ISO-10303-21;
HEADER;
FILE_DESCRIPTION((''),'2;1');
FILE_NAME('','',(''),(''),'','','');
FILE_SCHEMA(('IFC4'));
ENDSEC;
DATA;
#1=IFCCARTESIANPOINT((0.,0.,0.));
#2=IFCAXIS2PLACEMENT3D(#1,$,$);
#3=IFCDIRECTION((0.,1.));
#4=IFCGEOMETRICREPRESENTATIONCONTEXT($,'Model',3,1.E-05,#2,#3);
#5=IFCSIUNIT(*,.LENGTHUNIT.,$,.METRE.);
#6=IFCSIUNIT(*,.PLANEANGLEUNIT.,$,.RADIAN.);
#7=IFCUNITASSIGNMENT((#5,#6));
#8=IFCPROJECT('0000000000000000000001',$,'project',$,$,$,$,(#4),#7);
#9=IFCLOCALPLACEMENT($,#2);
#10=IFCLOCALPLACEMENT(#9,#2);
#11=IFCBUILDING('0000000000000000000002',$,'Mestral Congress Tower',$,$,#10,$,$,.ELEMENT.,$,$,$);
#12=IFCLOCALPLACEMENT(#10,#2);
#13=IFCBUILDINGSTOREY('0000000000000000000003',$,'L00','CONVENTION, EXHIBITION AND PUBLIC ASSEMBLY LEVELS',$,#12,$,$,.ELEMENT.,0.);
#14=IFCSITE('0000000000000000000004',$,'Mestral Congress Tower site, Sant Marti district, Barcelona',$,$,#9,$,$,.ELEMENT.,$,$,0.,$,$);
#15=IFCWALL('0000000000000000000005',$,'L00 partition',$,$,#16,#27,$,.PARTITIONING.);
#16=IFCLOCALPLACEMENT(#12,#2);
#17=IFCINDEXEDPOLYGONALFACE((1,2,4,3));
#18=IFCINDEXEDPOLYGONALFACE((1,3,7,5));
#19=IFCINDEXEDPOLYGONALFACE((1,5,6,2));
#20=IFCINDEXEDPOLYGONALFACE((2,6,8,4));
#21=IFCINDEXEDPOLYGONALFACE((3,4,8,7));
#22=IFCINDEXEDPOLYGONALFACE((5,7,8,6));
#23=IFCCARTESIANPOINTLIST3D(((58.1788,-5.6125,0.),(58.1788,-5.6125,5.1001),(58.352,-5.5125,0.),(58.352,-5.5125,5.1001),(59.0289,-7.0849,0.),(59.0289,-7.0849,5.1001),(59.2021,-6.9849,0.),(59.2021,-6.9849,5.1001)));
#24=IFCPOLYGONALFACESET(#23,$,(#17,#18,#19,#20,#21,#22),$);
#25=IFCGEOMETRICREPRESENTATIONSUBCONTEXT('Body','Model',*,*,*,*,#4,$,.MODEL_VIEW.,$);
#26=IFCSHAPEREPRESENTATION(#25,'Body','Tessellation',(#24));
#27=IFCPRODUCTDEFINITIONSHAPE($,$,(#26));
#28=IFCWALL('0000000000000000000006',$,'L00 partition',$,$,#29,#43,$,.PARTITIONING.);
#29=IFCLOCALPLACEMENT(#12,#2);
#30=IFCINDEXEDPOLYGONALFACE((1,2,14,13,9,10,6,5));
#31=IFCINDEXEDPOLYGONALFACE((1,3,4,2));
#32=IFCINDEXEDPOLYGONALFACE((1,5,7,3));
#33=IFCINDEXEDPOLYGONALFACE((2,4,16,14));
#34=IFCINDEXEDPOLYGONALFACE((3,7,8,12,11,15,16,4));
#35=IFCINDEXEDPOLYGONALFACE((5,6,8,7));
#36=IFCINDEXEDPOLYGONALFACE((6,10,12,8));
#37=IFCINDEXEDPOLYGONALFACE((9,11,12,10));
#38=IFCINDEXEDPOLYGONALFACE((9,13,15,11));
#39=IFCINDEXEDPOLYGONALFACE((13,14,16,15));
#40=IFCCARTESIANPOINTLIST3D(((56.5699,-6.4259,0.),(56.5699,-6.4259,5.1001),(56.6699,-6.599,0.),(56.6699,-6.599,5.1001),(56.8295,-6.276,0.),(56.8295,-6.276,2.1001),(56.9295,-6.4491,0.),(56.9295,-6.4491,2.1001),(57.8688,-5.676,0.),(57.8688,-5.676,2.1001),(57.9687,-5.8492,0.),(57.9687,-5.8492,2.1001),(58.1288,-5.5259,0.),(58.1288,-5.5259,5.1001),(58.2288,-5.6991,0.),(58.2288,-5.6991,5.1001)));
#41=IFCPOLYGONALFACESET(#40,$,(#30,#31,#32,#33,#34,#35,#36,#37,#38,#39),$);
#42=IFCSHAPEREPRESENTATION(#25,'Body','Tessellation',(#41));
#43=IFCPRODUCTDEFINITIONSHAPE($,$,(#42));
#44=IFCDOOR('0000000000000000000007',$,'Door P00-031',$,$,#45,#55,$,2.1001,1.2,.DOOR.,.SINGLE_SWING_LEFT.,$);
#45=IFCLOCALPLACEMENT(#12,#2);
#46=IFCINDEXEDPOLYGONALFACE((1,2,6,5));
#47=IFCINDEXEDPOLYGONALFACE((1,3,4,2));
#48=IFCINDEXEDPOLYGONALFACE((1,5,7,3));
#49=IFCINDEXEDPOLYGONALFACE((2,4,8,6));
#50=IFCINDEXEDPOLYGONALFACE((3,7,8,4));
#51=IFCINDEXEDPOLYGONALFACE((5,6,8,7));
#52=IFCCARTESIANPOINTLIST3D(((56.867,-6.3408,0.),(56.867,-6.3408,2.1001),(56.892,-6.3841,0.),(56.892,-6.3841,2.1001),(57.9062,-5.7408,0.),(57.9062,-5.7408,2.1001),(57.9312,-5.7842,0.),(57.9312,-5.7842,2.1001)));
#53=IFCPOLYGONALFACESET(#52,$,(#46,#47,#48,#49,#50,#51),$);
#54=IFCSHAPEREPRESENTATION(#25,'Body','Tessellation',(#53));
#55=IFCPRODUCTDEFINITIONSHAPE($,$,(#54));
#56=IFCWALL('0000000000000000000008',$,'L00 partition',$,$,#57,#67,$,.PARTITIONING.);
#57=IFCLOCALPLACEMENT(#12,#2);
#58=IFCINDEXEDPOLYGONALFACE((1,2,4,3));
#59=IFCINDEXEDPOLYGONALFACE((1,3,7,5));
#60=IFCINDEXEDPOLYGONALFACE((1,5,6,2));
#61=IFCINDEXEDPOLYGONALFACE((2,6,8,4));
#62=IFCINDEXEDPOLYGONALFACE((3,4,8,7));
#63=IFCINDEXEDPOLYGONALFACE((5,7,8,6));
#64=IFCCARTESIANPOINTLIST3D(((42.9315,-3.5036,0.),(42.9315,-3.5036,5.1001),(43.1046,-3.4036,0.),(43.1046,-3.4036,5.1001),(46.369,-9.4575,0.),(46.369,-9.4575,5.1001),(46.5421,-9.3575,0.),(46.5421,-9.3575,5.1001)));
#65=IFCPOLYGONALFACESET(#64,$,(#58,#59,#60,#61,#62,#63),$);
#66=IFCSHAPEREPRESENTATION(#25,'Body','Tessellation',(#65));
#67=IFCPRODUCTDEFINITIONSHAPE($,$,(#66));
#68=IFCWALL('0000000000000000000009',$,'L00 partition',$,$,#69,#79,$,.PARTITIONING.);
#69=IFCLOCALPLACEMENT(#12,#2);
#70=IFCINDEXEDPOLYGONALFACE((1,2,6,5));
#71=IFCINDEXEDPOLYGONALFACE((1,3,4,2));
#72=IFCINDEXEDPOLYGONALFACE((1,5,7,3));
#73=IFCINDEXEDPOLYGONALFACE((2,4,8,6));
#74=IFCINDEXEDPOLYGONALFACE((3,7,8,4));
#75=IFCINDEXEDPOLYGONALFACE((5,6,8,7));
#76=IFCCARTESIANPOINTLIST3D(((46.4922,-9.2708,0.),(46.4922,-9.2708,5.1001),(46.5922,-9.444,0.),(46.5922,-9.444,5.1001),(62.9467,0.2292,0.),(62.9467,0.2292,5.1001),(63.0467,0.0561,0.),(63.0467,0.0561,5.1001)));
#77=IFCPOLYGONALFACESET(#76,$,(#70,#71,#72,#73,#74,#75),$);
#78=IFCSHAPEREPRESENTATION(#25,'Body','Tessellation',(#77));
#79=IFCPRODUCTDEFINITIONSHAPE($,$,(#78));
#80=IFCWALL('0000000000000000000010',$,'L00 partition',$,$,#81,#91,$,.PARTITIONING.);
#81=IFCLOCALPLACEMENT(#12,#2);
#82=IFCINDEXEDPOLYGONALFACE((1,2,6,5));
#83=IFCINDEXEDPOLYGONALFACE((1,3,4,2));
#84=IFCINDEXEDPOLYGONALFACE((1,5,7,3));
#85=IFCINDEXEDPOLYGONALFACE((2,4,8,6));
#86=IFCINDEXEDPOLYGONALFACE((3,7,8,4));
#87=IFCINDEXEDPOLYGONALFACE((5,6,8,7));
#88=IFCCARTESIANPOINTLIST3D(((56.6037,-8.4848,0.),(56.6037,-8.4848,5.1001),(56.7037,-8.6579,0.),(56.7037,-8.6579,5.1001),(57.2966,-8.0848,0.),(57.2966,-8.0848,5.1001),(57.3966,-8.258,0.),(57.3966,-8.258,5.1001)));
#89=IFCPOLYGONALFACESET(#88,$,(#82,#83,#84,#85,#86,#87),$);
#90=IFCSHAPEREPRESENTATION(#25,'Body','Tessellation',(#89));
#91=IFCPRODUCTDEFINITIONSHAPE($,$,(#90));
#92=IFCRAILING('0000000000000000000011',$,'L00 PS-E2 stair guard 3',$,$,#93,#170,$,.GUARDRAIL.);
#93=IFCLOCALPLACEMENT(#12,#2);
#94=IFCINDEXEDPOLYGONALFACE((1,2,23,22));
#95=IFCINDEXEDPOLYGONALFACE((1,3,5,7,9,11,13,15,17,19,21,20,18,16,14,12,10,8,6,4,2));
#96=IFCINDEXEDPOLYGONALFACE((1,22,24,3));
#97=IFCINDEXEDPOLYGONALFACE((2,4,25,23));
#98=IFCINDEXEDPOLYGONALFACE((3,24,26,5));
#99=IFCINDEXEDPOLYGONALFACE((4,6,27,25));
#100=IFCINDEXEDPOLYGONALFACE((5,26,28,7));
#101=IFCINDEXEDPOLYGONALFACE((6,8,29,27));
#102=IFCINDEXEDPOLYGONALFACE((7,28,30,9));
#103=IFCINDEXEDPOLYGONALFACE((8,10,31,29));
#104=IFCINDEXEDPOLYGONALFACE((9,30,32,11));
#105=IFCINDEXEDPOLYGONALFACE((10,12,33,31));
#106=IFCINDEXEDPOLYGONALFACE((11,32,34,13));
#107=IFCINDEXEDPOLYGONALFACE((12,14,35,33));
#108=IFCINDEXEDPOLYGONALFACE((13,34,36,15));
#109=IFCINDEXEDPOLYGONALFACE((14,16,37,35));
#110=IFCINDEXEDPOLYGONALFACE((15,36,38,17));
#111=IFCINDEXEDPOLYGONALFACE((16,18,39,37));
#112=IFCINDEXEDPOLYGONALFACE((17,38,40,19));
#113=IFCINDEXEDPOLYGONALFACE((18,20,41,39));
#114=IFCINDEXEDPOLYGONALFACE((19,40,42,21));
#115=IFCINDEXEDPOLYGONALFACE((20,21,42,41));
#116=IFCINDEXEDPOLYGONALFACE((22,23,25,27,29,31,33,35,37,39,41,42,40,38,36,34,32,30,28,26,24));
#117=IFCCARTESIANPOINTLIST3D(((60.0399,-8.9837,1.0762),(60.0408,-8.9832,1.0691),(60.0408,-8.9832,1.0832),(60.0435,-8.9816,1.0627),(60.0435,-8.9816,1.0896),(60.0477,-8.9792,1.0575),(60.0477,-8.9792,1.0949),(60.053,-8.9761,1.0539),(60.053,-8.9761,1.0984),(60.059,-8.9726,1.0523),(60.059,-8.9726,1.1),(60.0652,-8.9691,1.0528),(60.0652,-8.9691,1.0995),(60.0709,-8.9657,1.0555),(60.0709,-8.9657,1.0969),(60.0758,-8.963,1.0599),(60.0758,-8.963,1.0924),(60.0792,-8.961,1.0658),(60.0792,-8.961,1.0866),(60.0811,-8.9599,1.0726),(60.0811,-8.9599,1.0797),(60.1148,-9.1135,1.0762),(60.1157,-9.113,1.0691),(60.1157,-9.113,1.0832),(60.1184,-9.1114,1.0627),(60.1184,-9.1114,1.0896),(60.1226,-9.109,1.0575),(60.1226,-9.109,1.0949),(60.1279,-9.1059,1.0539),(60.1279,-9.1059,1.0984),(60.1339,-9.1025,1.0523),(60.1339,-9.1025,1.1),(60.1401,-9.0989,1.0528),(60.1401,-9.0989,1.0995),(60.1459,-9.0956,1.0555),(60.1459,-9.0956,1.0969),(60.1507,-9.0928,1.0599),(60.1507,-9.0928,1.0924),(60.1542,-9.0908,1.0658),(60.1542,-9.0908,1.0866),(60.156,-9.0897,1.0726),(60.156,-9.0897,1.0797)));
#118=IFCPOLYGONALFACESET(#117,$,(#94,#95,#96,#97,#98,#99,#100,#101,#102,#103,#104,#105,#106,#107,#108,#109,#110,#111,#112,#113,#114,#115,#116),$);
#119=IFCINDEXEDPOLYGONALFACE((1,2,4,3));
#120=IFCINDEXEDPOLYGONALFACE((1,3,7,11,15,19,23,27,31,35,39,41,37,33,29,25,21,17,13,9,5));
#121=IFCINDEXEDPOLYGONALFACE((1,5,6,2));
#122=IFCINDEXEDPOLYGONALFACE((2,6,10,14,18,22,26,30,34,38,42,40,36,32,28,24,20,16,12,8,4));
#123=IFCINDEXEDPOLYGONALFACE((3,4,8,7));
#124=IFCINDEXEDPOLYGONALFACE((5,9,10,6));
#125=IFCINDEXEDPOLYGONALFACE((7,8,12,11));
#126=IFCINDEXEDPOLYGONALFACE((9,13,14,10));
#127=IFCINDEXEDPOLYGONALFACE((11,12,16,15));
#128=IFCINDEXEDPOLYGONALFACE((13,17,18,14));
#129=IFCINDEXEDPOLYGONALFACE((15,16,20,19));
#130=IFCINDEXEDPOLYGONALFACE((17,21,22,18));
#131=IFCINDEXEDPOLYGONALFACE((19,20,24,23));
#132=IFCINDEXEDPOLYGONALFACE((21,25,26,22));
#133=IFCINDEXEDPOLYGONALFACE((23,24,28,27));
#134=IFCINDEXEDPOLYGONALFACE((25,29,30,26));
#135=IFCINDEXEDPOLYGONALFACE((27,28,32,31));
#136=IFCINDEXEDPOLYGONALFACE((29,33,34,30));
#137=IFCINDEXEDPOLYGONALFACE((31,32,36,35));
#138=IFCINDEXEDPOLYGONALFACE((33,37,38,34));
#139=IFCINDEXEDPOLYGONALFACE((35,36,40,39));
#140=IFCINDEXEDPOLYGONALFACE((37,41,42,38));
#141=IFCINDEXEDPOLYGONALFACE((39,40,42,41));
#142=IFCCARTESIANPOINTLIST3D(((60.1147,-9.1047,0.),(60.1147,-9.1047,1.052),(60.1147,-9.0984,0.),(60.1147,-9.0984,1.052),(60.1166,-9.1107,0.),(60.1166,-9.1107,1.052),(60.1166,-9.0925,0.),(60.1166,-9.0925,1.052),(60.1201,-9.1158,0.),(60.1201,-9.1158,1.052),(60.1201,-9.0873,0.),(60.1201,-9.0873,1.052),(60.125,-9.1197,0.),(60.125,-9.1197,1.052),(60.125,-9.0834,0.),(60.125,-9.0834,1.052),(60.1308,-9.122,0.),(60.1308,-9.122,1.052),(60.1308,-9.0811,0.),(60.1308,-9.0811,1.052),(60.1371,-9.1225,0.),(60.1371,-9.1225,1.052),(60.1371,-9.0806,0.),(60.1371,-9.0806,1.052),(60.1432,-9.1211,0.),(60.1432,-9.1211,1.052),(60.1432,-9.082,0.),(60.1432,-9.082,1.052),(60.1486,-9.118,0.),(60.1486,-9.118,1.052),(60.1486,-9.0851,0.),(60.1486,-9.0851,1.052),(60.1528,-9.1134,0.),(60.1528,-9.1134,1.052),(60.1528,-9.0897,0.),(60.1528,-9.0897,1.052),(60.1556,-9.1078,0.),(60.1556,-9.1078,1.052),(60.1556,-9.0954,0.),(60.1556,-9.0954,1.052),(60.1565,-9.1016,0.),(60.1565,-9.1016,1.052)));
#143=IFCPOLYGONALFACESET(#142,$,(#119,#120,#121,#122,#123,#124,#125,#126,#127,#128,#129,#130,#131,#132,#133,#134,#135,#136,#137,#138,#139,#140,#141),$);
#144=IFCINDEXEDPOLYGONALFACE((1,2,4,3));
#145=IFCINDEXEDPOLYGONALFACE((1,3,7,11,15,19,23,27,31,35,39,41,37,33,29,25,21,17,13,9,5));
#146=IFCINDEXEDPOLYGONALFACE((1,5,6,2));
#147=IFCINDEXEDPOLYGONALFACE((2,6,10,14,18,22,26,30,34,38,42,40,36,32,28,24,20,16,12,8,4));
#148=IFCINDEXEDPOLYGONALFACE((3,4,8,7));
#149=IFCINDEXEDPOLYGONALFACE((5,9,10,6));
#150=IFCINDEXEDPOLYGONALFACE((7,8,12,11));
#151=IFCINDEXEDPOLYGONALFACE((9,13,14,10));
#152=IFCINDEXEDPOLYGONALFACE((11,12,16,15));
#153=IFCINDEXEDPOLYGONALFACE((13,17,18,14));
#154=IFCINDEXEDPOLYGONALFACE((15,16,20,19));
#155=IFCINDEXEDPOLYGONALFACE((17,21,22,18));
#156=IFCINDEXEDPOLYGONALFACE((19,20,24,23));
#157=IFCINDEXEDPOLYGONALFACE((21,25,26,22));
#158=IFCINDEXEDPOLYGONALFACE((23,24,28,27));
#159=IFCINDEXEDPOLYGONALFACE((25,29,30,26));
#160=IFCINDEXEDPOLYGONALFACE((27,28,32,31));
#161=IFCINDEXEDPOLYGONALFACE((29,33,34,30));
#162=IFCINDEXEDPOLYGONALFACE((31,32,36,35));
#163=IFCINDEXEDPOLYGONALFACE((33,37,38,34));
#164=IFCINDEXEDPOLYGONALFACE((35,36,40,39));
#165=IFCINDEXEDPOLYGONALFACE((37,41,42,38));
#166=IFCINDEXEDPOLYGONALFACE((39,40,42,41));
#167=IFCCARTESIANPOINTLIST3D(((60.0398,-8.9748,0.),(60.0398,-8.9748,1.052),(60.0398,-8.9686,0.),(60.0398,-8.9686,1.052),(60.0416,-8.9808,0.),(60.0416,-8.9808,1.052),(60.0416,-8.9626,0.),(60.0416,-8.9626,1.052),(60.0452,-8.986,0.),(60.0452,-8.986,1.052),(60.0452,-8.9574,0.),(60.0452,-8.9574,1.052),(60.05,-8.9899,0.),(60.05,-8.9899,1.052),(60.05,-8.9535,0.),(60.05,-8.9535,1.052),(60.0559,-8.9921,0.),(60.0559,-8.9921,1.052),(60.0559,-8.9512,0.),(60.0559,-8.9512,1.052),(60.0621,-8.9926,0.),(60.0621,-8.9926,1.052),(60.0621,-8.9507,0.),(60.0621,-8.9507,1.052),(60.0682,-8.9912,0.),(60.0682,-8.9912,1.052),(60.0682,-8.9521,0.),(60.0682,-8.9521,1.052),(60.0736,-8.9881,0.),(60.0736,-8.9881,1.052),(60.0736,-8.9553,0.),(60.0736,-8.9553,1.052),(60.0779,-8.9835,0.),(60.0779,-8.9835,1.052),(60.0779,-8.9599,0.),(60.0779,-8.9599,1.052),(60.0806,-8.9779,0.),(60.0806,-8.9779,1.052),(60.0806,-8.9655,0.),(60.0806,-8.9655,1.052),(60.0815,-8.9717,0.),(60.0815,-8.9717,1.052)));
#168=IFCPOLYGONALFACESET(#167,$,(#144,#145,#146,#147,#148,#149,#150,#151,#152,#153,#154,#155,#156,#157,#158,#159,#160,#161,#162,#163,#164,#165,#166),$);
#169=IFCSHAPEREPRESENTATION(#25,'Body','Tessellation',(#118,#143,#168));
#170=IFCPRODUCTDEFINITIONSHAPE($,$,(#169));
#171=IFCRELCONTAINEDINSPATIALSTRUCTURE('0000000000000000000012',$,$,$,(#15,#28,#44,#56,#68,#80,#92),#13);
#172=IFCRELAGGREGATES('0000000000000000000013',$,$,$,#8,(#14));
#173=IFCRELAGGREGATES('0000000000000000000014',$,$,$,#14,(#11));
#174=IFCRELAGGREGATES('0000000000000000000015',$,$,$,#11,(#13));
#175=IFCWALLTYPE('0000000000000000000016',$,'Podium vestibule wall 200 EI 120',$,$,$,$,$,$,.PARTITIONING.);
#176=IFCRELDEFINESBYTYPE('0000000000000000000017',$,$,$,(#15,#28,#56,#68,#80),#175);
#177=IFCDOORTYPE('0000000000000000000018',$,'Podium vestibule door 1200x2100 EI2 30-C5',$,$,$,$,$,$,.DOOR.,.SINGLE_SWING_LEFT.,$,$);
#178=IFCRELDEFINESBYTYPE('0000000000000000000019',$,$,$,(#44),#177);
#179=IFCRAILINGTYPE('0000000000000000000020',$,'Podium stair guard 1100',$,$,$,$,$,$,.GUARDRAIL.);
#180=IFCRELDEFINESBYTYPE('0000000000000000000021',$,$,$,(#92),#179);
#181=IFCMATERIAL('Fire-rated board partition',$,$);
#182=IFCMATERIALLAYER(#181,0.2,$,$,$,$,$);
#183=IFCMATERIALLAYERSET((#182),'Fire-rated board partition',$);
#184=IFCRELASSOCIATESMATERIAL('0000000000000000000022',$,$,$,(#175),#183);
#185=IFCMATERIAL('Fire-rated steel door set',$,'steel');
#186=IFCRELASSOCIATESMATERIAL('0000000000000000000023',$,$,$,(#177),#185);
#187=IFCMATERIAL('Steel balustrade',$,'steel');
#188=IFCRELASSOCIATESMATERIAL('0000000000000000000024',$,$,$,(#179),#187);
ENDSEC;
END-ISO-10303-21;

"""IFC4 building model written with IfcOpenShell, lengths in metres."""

from ifc_helpers import new_model, si_unit, direction, frame, frame_2d, origin, origin_2d, place, context, subcontext, project, spatial, rectangle, circle, extrude, material, layer, layer_set, type_object, element, fill, save


model = new_model("IFC4")

# Units and contexts
model_context = context("Model", 3, precision=1e-05, world=origin(), true_north=direction((0.0, 1.0)))
body_context = subcontext(model_context, "Body", "Model", "MODEL_VIEW")
ifc_project = project(units=[si_unit("LENGTHUNIT", "METRE"), si_unit("PLANEANGLEUNIT", "RADIAN")], contexts=[model_context])

# Site, building, storey
site_placement = place(None, origin())
site = spatial("IfcSite", under=ifc_project, at=site_placement, Name="Mestral Congress Tower site, Sant Marti district, Barcelona", CompositionType="ELEMENT", RefElevation=0.0)
building_placement = place(site_placement, origin())
building = spatial("IfcBuilding", under=site, at=building_placement, Name="Mestral Congress Tower", CompositionType="ELEMENT")
storey_placement = place(building_placement, origin())
storey = spatial("IfcBuildingStorey", under=building, at=storey_placement, Name="L00", Description="CONVENTION, EXHIBITION AND PUBLIC ASSEMBLY LEVELS", CompositionType="ELEMENT", Elevation=0.0)

# Shared definitions
ifc_material_1 = material(Name="Fire-rated steel door set", Category="steel")

# Wall
ifc_material_2 = material(Name="Fire-rated board partition")
ifc_layer_1 = layer(ifc_material_2, 0.2)
ifc_layer_set_1 = layer_set([ifc_layer_1], Name="Fire-rated board partition")
wall_type_1 = type_object("IfcWallType", Name="Podium vestibule wall 200 EI 120", PredefinedType="PARTITIONING", material=ifc_layer_set_1)
for number, where, z_axis, x_axis, name in (
    (1, (59.1155, -7.0349, 0.0), (0.0, 0.0, 1.0), (-0.5, 0.866025, 0.0), "L00 partition"),
):
    element("IfcWall", number, at=place(storey_placement, frame(where, z_axis=z_axis, x_axis=x_axis)), inside=storey, type_object=wall_type_1, Name=name, PredefinedType="PARTITIONING", context=body_context, shape_type="SweptSolid", body=[
        extrude(rectangle(XDim=1.7002, YDim=0.2, at=frame_2d((0.8501, 0.0))), origin(), (0.0, 0.0, 1.0), 5.1001),
    ])

# Wall, opening, door
wall_1_placement = place(storey_placement, frame((58.1787, -5.6125, 0.0), z_axis=(0.0, 0.0, 1.0), x_axis=(-0.866048, -0.499961, 0.0)))
wall_1 = element("IfcWall", 2, at=wall_1_placement, inside=storey, type_object=wall_type_1, Name="L00 partition", PredefinedType="PARTITIONING", context=body_context, shape_type="SweptSolid", body=[
    extrude(rectangle(XDim=1.8, YDim=0.2, at=frame_2d((0.8999, 0.0))), origin(), (0.0, 0.0, 1.0), 5.1001),
])
opening_1_placement = place(wall_1_placement, frame((0.3, 0.0, 0.0)))
opening_1 = element("IfcOpeningElement", 3, at=opening_1_placement, cuts=wall_1, PredefinedType="OPENING", context=body_context, shape_type="SweptSolid", body=[
    extrude(rectangle(XDim=1.2, YDim=2.1001, at=frame_2d((0.6001, 1.05))), frame((0.0, 0.1099, 0.0), z_axis=(0.0, -1.0, 0.0), x_axis=(1.0, 0.0, 0.0)), (0.0, 0.0, 1.0), 0.22),
])
door_type_1 = type_object("IfcDoorType", Name="Podium vestibule door 1200x2100 EI2 30-C5", OperationType="SINGLE_SWING_LEFT", PredefinedType="DOOR", material=ifc_material_1)
door_1_placement = place(opening_1_placement, origin())
door_1 = element("IfcDoor", 4, at=door_1_placement, inside=storey, type_object=door_type_1, Name="Door P00-031", OperationType="SINGLE_SWING_LEFT", OverallHeight=2.1001, OverallWidth=1.2, PredefinedType="DOOR", context=body_context, shape_type="SweptSolid", body=[
    extrude(rectangle(XDim=1.2, YDim=2.1001, at=frame_2d((0.6001, 1.05))), frame((0.0, 0.0249, 0.0), z_axis=(0.0, -1.0, 0.0), x_axis=(1.0, 0.0, 0.0)), (0.0, 0.0, 1.0), 0.05),
])
fill(opening_1, door_1)

# Walls
wall_2_placement = place(storey_placement, frame((46.4556, -9.4075, 0.0), z_axis=(0.0, 0.0, 1.0), x_axis=(-0.500004, 0.866023, 0.0)))
element("IfcWall", 5, at=wall_2_placement, inside=storey, type_object=wall_type_1, Name="L00 partition", PredefinedType="PARTITIONING", context=body_context, shape_type="SweptSolid", body=[
    extrude(rectangle(XDim=6.875, YDim=0.2, at=frame_2d((3.4375, 0.0))), origin(), (0.0, 0.0, 1.0), 5.1001),
])
wall_3_placement = place(storey_placement, frame((46.5422, -9.3574, 0.0), z_axis=(0.0, 0.0, 1.0), x_axis=(0.866024, 0.500003, 0.0)))
element("IfcWall", 6, at=wall_3_placement, inside=storey, type_object=wall_type_1, Name="L00 partition", PredefinedType="PARTITIONING", context=body_context, shape_type="SweptSolid", body=[
    extrude(rectangle(XDim=19.0, YDim=0.2, at=frame_2d((9.5, 0.0))), origin(), (0.0, 0.0, 1.0), 5.1001),
])
wall_4_placement = place(storey_placement, frame((56.6538, -8.5713, 0.0), z_axis=(0.0, 0.0, 1.0), x_axis=(0.866094, 0.499881, 0.0)))
element("IfcWall", 7, at=wall_4_placement, inside=storey, type_object=wall_type_1, Name="L00 partition", PredefinedType="PARTITIONING", context=body_context, shape_type="SweptSolid", body=[
    extrude(rectangle(XDim=0.8, YDim=0.2, at=frame_2d((0.3999, 0.0))), origin(), (0.0, 0.0, 1.0), 5.1001),
])

# Railing
ifc_material_3 = material(Name="Steel balustrade", Category="steel")
railing_type = type_object("IfcRailingType", Name="Podium stair guard 1100", PredefinedType="GUARDRAIL", material=ifc_material_3)
railing_1_placement = place(storey_placement, frame((60.1355, -9.1016, 0.0)))
element("IfcRailing", 8, at=railing_1_placement, inside=storey, type_object=railing_type, Name="L00 PS-E2 stair guard 3", PredefinedType="GUARDRAIL", context=body_context, shape_type="SweptSolid", body=[
    extrude(circle(Radius=0.0239, at=origin_2d()), frame((0.0, 0.0, 1.0762), z_axis=(-0.499816, 0.866131, 0.0), x_axis=(-0.866131, -0.499816, 0.0)), (0.0, 0.0, 1.0), 0.1499),
    extrude(circle(Radius=0.021, at=origin_2d()), origin(), (0.0, 0.0, 1.0), 1.052),
    extrude(circle(Radius=0.021, at=origin_2d()), frame((-0.075, 0.1299, 0.0)), (0.0, 0.0, 1.0), 1.052),
])

save(model, "model.ifc")
